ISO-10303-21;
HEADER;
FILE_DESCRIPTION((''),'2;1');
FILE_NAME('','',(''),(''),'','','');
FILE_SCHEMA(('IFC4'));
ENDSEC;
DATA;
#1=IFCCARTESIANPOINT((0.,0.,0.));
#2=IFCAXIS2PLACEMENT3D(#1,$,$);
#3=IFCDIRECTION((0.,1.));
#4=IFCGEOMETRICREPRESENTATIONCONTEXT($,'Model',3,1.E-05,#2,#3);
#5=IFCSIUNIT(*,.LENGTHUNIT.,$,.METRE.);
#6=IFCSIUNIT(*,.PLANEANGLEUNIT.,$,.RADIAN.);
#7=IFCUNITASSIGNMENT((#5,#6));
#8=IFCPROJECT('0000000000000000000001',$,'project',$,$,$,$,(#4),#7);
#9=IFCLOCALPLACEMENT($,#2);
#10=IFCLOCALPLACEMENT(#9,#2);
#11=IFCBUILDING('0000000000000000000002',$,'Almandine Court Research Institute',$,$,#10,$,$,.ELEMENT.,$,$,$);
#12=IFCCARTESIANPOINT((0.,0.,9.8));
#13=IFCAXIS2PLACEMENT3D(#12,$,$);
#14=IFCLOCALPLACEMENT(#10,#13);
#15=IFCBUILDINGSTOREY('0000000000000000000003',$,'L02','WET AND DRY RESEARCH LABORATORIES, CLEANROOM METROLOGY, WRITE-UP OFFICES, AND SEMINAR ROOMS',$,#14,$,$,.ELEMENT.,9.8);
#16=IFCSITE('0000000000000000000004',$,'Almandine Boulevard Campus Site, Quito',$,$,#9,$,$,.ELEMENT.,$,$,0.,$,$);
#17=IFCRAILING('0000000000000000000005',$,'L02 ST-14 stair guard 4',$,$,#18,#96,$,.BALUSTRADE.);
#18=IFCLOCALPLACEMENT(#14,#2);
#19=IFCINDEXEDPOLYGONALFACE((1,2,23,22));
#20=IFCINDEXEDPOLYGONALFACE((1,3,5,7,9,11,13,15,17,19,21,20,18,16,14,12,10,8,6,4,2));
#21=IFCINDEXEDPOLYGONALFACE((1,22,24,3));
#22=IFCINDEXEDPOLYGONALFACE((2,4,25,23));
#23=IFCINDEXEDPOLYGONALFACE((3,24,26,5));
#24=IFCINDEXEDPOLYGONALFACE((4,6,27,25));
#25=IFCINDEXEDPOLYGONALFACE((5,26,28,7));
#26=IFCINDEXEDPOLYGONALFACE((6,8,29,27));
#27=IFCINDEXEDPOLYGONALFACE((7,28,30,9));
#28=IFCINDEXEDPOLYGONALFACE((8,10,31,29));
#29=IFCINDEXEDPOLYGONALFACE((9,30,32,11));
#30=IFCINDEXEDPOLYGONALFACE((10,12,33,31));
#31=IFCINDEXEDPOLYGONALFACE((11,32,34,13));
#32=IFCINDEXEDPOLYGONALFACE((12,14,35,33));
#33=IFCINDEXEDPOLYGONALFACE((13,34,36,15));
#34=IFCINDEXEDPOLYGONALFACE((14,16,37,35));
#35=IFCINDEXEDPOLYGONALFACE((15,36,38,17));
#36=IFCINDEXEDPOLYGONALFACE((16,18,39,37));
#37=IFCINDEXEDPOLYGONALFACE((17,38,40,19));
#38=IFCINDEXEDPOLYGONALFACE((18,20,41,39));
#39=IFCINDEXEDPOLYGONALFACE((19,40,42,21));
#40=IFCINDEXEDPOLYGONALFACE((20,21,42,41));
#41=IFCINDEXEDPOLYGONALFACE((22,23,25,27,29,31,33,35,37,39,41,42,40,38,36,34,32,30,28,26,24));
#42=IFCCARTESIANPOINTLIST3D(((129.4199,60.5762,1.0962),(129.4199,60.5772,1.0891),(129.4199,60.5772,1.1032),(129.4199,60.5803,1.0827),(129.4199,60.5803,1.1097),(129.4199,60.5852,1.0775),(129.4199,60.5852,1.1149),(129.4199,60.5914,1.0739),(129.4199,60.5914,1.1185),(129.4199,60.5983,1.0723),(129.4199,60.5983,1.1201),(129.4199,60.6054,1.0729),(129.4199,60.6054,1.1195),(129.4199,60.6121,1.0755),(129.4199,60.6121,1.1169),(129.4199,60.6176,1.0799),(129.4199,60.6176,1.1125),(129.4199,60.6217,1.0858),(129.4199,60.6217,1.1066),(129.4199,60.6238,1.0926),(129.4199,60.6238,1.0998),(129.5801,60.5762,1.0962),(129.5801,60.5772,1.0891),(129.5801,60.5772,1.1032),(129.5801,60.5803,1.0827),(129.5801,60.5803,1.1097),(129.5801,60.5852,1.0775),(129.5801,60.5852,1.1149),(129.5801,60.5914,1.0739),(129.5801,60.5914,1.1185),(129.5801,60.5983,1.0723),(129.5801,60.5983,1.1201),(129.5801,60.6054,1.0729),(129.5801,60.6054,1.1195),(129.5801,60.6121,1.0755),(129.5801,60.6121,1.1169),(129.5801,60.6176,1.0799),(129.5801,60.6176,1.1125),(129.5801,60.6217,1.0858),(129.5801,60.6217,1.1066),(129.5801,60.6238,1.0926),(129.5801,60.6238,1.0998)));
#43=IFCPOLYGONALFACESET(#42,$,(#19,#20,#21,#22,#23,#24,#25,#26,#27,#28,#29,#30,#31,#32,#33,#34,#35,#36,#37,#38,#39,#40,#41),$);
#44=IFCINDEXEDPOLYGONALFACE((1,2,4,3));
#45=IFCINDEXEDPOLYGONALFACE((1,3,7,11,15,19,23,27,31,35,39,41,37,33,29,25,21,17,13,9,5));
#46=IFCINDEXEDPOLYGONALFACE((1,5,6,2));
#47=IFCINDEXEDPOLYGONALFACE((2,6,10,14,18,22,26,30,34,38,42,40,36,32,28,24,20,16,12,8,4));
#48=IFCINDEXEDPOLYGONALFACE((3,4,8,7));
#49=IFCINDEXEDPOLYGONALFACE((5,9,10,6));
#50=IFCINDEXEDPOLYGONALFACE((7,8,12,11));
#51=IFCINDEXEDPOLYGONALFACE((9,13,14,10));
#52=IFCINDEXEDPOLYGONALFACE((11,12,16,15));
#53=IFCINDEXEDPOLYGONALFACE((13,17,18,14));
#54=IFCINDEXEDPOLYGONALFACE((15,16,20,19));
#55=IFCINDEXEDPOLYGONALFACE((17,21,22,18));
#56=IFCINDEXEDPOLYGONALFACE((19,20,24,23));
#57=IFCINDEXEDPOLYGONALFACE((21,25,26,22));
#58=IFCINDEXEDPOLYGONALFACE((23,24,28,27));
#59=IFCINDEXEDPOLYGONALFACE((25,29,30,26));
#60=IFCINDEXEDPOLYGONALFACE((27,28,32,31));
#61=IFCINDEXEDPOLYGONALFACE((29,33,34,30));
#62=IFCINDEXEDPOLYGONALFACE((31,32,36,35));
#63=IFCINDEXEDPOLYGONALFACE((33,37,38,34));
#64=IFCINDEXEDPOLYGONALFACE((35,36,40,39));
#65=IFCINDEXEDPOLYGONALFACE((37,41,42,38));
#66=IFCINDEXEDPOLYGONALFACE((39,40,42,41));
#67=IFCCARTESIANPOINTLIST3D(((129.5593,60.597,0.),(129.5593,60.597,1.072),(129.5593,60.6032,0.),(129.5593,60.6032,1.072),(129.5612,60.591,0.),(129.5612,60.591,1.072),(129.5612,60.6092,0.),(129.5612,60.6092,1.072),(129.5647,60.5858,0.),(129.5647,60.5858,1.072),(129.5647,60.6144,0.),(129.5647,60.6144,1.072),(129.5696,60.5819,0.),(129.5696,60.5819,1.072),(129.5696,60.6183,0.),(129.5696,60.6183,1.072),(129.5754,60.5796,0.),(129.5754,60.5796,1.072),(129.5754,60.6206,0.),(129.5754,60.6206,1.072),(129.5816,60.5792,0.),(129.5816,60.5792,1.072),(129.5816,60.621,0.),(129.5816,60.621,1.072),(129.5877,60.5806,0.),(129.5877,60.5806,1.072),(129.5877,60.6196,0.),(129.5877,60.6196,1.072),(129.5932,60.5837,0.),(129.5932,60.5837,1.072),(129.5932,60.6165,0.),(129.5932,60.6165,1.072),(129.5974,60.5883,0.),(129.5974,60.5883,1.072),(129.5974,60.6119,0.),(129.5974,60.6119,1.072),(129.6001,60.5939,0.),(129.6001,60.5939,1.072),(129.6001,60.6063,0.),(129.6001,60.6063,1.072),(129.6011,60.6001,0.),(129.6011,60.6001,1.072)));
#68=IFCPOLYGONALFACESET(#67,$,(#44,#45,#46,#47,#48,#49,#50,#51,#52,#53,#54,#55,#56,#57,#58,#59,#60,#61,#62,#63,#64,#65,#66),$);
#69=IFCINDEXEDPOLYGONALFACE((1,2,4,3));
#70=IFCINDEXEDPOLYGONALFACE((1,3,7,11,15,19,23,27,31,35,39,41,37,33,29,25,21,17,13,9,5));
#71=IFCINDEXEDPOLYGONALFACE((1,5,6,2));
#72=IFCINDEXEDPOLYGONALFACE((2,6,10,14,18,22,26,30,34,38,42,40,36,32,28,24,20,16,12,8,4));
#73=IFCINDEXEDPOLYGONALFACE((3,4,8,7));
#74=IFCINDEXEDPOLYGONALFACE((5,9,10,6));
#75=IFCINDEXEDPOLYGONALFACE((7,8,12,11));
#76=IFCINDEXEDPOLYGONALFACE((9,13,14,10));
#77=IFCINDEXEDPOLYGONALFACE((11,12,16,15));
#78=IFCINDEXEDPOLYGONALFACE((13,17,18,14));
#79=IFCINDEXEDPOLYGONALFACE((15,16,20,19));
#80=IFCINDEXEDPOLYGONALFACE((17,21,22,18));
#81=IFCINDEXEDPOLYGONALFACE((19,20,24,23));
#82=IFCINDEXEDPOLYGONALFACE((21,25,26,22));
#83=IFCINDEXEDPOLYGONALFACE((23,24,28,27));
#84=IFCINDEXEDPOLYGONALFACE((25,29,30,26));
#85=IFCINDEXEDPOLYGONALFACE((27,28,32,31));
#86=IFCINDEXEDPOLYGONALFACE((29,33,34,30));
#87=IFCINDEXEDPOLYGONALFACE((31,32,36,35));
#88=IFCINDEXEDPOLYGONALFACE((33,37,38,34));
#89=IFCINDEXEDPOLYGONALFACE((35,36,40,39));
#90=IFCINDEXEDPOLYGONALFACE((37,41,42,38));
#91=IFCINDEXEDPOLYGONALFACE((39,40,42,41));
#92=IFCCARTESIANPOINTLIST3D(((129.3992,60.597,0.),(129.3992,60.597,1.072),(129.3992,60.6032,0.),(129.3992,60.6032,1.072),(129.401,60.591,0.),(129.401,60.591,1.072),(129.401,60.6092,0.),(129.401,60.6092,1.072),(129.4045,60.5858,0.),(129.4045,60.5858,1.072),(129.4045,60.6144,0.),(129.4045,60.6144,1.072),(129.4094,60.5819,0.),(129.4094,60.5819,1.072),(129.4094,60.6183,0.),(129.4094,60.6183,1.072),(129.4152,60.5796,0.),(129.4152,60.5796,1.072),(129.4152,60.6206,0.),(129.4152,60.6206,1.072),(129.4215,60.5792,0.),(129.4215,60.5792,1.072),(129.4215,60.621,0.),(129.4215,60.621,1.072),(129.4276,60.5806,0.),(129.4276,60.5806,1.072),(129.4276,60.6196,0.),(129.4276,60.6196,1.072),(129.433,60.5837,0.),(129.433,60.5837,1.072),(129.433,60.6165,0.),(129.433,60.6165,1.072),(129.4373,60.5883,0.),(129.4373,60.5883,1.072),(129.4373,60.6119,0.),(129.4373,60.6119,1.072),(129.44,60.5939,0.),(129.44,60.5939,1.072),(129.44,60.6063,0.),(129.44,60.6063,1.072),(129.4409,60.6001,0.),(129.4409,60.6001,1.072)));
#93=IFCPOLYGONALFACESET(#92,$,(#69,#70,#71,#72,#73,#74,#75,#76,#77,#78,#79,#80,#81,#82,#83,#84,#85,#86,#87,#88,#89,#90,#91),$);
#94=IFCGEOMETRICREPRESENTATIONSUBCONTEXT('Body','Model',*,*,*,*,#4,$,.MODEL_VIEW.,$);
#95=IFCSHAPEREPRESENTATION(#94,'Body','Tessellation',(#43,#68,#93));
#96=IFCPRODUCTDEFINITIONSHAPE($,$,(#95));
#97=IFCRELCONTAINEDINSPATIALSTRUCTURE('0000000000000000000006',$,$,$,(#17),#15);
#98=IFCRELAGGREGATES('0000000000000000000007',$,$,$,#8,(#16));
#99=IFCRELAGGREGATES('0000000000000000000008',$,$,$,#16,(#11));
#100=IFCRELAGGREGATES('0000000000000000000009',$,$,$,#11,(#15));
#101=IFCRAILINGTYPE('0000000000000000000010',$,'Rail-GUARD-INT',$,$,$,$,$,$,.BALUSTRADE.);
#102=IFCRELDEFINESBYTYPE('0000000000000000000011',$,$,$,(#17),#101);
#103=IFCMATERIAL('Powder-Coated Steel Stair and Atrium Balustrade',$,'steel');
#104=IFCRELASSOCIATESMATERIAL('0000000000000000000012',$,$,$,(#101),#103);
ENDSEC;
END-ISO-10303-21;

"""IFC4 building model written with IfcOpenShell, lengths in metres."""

from ifc_helpers import new_model, si_unit, direction, frame, origin, origin_2d, place, context, subcontext, project, spatial, circle, extrude, material, type_object, element, save


model = new_model("IFC4")

# Units and contexts
model_context = context("Model", 3, precision=1e-05, world=origin(), true_north=direction((0.0, 1.0)))
body_context = subcontext(model_context, "Body", "Model", "MODEL_VIEW")
ifc_project = project(units=[si_unit("LENGTHUNIT", "METRE"), si_unit("PLANEANGLEUNIT", "RADIAN")], contexts=[model_context])

# Site, building, storey
site_placement = place(None, origin())
site = spatial("IfcSite", under=ifc_project, at=site_placement, Name="Almandine Boulevard Campus Site, Quito", CompositionType="ELEMENT", RefElevation=0.0)
building_placement = place(site_placement, origin())
building = spatial("IfcBuilding", under=site, at=building_placement, Name="Almandine Court Research Institute", CompositionType="ELEMENT")
storey_placement = place(building_placement, frame((0.0, 0.0, 9.8)))
storey = spatial("IfcBuildingStorey", under=building, at=storey_placement, Name="L02", Description="WET AND DRY RESEARCH LABORATORIES, CLEANROOM METROLOGY, WRITE-UP OFFICES, AND SEMINAR ROOMS", CompositionType="ELEMENT", Elevation=9.8)

# Railing
ifc_material_1 = material(Name="Powder-Coated Steel Stair and Atrium Balustrade", Category="steel")
railing_type_1 = type_object("IfcRailingType", Name="Rail-GUARD-INT", PredefinedType="BALUSTRADE", material=ifc_material_1)
railing_1_placement = place(storey_placement, frame((129.5801, 60.6001, 0.0)))
element("IfcRailing", 1, at=railing_1_placement, inside=storey, type_object=railing_type_1, Name="L02 ST-14 stair guard 4", PredefinedType="BALUSTRADE", context=body_context, shape_type="SweptSolid", body=[
    extrude(circle(Radius=0.0239, at=origin_2d()), frame((0.0, 0.0, 1.0962), z_axis=(-1.0, 0.0, 0.0), x_axis=(0.0, -1.0, 0.0)), (0.0, 0.0, 1.0), 0.1602),
    extrude(circle(Radius=0.021, at=origin_2d()), origin(), (0.0, 0.0, 1.0), 1.072),
    extrude(circle(Radius=0.021, at=origin_2d()), frame((-0.1602, 0.0, 0.0)), (0.0, 0.0, 1.0), 1.072),
])

save(model, "model.ifc")
